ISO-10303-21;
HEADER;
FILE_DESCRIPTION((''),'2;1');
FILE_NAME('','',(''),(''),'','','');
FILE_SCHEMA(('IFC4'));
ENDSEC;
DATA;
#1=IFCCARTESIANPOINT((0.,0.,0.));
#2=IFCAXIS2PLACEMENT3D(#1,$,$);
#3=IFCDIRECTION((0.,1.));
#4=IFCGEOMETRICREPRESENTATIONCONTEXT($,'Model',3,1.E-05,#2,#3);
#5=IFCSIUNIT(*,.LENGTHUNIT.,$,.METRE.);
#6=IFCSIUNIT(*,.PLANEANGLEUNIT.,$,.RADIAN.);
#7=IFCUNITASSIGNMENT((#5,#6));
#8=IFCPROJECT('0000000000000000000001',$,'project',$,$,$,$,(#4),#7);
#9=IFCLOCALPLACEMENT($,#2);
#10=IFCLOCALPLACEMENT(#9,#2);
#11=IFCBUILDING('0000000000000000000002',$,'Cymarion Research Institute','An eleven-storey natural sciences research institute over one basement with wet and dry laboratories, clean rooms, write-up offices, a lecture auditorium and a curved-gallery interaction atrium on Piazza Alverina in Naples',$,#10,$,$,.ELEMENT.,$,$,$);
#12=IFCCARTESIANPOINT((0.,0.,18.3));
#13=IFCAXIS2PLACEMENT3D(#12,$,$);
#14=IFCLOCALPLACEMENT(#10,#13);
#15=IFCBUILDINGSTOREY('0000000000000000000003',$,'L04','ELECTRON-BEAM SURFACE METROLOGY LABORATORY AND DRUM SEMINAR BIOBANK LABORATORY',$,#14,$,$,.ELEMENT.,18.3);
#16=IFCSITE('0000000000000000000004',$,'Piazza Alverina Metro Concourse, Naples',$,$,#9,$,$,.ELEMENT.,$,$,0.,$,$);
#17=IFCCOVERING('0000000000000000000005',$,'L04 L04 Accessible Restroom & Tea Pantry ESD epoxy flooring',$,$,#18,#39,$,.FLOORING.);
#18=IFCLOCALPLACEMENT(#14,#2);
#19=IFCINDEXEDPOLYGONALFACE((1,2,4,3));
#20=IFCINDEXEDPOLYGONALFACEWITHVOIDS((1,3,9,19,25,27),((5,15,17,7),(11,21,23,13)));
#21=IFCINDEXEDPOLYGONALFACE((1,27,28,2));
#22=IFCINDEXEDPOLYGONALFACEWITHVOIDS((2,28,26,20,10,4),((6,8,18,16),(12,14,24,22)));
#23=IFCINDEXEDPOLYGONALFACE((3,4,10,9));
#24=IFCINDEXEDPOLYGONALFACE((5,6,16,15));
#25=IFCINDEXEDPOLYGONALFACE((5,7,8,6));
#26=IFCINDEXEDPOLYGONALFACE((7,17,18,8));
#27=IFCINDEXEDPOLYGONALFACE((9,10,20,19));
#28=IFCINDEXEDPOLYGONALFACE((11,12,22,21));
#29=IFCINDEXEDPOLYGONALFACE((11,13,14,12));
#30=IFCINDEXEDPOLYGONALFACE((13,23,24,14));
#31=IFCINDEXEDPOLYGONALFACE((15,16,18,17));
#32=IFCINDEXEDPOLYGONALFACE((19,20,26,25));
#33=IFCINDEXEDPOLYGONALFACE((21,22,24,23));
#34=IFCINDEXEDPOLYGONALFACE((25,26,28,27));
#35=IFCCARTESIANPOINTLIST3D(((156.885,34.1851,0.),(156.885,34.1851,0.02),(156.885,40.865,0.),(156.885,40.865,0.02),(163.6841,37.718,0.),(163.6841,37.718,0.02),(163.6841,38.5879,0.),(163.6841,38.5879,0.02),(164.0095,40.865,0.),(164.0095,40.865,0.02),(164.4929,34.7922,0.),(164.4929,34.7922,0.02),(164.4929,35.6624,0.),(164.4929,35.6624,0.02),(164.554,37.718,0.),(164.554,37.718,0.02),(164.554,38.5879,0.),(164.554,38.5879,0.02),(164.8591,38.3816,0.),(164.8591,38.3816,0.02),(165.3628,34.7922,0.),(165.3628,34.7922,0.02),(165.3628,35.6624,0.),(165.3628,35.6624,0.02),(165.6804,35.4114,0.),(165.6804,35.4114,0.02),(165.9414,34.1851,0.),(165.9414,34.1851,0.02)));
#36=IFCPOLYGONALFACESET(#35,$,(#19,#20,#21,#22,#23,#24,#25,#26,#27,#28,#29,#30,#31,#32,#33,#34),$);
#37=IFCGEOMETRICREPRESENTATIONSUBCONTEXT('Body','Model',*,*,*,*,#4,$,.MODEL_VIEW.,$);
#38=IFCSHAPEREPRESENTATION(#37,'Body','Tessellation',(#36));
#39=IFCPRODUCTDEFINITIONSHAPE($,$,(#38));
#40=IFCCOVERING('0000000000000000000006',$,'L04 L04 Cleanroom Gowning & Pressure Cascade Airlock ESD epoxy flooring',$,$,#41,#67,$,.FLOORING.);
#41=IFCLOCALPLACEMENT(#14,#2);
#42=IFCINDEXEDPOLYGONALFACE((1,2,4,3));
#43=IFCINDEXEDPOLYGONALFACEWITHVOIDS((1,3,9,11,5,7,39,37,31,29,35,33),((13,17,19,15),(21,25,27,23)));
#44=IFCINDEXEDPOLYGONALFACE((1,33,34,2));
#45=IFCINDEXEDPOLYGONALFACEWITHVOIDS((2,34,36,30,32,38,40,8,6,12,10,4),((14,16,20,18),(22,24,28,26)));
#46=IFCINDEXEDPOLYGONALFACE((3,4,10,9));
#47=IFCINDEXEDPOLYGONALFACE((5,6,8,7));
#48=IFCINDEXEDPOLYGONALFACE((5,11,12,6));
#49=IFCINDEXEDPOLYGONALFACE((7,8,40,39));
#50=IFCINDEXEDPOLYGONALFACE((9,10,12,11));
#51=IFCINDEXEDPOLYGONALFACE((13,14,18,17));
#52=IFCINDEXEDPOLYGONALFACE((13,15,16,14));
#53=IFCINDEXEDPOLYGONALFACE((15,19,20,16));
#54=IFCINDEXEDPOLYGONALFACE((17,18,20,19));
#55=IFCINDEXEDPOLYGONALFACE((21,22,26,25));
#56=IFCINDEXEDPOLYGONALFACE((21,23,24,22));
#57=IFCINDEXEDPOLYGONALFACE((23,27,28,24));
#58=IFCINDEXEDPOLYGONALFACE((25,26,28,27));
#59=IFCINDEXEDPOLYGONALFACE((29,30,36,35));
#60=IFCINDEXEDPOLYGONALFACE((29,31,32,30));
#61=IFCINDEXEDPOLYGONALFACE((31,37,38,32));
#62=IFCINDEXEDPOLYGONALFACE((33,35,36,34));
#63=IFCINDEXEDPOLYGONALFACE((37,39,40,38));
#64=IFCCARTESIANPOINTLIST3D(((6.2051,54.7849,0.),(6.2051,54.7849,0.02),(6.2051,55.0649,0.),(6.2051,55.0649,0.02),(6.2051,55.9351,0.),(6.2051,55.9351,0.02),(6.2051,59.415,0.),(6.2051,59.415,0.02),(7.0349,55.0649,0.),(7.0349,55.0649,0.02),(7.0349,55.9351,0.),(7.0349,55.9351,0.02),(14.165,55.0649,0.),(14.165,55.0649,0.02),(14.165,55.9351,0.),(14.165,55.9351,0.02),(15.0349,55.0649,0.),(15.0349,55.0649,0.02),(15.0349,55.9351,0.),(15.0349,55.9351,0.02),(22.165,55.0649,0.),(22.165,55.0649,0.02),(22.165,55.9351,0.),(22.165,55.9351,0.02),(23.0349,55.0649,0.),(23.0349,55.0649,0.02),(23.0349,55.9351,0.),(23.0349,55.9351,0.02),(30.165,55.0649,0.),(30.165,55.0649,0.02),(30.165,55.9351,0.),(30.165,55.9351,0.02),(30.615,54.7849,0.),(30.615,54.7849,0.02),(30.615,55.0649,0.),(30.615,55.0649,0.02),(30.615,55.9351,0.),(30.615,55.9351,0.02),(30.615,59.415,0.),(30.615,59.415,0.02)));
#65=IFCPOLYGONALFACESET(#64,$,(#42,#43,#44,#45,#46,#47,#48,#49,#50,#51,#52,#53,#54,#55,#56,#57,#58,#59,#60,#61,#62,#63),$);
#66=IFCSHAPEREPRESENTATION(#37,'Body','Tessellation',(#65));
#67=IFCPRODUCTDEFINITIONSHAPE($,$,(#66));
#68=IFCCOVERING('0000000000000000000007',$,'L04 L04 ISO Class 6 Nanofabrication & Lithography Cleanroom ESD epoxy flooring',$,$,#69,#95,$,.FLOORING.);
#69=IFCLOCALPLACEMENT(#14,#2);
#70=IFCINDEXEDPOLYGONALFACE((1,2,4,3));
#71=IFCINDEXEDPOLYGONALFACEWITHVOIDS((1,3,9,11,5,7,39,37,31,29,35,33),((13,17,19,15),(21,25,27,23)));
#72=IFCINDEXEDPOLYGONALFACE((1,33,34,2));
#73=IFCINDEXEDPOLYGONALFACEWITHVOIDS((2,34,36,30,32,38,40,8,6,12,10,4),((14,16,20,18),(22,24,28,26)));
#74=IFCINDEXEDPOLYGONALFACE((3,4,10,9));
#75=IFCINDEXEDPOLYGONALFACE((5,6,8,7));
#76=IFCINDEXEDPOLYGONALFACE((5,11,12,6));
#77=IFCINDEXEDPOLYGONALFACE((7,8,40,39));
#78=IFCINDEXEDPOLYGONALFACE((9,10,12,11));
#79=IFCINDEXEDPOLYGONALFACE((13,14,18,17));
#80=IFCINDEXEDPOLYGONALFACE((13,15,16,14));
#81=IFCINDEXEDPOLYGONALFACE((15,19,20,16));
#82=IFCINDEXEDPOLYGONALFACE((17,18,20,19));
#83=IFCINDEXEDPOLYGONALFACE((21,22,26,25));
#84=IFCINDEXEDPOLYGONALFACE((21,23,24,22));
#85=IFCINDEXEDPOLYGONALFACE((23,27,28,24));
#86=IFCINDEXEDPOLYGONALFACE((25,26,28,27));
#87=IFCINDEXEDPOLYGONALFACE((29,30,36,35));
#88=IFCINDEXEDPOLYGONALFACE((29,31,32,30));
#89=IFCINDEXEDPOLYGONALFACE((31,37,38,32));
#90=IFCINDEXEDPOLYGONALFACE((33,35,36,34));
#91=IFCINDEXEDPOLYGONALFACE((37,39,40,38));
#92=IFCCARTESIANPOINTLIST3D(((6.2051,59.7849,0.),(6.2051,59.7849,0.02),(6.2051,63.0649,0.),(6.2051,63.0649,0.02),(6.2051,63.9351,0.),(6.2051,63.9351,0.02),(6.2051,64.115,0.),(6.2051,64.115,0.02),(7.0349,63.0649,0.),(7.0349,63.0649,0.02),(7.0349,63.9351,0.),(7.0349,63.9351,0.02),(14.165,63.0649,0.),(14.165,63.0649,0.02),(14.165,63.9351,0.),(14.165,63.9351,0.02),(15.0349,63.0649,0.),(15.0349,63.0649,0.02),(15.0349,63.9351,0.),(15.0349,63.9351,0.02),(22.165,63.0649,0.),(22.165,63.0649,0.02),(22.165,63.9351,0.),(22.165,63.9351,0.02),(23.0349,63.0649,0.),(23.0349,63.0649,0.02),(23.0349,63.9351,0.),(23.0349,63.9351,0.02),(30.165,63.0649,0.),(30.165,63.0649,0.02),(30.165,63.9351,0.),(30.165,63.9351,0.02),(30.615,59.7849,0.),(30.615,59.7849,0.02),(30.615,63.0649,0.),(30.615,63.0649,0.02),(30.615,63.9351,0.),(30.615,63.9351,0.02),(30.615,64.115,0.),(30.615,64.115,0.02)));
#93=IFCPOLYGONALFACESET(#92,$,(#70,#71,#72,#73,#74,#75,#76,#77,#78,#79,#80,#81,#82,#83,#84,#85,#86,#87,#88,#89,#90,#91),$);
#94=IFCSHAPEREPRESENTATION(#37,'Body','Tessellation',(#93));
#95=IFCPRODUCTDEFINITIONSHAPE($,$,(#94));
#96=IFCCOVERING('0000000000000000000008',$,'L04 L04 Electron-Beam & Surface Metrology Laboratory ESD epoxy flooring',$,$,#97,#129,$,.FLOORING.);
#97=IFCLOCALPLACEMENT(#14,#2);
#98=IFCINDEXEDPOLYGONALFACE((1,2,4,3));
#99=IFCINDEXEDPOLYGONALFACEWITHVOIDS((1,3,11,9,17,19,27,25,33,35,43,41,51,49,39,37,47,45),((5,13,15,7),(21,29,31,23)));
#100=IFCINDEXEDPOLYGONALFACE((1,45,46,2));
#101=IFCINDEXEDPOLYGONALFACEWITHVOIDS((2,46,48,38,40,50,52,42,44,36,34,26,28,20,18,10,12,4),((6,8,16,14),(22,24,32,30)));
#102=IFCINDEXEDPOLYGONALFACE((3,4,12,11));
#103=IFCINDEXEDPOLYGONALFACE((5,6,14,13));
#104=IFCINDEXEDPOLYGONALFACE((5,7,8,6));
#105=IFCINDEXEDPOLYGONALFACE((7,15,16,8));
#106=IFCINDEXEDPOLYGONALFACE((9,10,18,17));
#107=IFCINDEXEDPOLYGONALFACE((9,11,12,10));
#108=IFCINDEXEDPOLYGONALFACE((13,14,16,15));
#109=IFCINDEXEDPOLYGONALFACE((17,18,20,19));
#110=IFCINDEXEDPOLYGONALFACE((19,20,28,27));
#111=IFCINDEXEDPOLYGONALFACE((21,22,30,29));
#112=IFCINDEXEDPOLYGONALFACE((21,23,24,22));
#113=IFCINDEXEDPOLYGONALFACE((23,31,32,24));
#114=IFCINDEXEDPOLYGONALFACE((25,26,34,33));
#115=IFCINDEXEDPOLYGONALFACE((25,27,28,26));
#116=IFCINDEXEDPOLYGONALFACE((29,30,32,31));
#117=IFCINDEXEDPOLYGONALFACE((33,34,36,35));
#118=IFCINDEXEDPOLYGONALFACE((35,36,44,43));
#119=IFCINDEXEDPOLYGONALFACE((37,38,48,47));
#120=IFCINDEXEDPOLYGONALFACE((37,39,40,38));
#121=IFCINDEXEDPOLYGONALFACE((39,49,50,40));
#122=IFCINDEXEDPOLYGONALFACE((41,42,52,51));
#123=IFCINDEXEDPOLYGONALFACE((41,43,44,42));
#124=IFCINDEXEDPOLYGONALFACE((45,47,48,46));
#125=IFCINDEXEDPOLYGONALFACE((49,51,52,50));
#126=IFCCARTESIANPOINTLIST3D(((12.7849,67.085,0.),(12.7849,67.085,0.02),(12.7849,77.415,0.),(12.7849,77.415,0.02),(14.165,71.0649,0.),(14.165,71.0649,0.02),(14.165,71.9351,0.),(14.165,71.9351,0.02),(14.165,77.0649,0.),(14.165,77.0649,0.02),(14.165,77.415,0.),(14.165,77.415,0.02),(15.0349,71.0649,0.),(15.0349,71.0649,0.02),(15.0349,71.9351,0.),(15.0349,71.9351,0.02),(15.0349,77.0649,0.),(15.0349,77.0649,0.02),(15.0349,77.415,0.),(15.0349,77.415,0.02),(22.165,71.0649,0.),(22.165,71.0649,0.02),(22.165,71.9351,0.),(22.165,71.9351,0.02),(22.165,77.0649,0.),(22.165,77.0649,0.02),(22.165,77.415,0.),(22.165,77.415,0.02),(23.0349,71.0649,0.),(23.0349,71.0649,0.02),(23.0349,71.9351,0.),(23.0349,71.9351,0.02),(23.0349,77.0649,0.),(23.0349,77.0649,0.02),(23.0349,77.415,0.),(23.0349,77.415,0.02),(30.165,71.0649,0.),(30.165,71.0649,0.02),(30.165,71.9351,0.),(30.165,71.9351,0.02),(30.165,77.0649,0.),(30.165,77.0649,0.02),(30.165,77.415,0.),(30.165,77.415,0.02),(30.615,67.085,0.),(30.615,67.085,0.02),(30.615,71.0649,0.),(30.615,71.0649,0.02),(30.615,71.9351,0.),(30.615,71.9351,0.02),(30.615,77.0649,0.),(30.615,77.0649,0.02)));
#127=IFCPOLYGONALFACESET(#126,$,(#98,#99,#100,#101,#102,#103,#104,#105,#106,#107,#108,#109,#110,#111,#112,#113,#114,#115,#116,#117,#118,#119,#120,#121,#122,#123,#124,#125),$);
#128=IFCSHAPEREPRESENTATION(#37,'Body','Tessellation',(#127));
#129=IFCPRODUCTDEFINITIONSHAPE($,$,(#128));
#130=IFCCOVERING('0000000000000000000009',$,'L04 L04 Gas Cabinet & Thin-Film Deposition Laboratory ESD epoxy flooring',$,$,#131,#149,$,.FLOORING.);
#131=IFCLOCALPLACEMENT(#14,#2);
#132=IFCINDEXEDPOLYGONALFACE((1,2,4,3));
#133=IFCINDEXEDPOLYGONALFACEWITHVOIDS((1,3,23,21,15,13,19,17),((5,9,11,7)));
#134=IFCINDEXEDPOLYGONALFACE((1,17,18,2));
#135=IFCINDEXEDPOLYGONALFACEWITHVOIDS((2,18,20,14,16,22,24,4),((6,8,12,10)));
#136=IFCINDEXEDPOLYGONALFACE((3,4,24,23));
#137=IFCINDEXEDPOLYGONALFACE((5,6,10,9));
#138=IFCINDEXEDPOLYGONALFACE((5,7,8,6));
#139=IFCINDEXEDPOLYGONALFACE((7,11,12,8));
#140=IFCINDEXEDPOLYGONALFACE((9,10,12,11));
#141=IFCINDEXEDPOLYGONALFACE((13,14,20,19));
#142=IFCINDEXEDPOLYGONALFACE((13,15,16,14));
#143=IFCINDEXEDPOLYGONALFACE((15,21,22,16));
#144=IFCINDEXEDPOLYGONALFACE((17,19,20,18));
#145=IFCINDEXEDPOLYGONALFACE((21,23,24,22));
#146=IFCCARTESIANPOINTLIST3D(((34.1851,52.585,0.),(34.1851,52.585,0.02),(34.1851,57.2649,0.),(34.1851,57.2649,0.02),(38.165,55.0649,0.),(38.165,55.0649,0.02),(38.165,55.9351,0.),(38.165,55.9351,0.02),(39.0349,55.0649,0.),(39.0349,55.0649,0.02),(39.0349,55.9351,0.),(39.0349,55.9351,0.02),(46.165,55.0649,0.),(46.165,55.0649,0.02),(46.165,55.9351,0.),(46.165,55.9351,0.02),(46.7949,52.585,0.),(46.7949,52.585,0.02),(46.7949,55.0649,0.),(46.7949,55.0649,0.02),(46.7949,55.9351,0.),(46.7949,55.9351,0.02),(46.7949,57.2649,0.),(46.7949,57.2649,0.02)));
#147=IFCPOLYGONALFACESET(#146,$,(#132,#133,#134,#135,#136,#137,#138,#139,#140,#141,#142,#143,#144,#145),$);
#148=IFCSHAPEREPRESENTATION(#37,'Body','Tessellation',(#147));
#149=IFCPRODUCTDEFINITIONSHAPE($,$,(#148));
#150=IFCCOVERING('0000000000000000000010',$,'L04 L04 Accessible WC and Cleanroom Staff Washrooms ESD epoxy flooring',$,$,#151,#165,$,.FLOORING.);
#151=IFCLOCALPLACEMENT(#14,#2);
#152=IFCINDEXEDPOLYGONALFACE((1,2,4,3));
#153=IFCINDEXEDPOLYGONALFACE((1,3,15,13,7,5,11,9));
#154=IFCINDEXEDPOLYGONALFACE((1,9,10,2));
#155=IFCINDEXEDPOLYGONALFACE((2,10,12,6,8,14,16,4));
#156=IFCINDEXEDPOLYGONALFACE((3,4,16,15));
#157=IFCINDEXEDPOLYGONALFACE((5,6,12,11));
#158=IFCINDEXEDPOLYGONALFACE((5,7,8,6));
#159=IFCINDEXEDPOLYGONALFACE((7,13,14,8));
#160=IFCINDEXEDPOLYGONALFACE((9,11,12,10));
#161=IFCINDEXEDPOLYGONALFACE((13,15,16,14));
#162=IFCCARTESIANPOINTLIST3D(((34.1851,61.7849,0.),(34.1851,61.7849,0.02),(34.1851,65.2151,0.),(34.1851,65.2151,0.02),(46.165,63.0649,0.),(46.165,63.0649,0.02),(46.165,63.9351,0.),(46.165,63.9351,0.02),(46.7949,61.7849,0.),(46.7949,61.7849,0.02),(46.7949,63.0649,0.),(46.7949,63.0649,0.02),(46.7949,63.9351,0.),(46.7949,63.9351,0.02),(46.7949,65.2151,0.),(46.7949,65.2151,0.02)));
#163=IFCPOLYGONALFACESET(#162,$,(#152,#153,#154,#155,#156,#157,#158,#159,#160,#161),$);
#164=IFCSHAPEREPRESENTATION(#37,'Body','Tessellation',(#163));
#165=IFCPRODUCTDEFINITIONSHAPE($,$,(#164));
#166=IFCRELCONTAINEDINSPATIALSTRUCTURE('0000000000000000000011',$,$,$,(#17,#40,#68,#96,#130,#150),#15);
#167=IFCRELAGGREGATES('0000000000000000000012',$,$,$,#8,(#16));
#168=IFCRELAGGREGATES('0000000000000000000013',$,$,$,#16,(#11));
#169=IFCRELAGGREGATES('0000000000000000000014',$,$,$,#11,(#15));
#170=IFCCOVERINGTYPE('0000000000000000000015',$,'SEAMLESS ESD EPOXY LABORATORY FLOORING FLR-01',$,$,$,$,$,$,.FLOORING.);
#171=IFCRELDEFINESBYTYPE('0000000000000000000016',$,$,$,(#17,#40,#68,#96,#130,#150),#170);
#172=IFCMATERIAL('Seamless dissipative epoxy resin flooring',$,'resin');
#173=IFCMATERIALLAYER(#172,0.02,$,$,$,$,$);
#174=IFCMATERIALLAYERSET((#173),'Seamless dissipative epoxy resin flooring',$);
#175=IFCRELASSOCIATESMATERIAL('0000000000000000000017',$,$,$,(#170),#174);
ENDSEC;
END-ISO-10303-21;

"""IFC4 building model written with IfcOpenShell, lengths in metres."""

from ifc_helpers import new_model, si_unit, direction, frame, origin, place, context, subcontext, project, spatial, polyline, outline, extrude, material, layer, layer_set, type_object, element, save


model = new_model("IFC4")

# Units and contexts
model_context = context("Model", 3, precision=1e-05, world=origin(), true_north=direction((0.0, 1.0)))
body_context = subcontext(model_context, "Body", "Model", "MODEL_VIEW")
ifc_project = project(units=[si_unit("LENGTHUNIT", "METRE"), si_unit("PLANEANGLEUNIT", "RADIAN")], contexts=[model_context])

# Site, building, storey
site_placement = place(None, origin())
site = spatial("IfcSite", under=ifc_project, at=site_placement, Name="Piazza Alverina Metro Concourse, Naples", CompositionType="ELEMENT", RefElevation=0.0)
building_placement = place(site_placement, origin())
building = spatial("IfcBuilding", under=site, at=building_placement, Name="Cymarion Research Institute", Description="An eleven-storey natural sciences research institute over one basement with wet and dry laboratories, clean rooms, write-up offices, a lecture auditorium and a curved-gallery interaction atrium on Piazza Alverina in Naples", CompositionType="ELEMENT")
storey_placement = place(building_placement, frame((0.0, 0.0, 18.3)))
storey = spatial("IfcBuildingStorey", under=building, at=storey_placement, Name="L04", Description="ELECTRON-BEAM SURFACE METROLOGY LABORATORY AND DRUM SEMINAR BIOBANK LABORATORY", CompositionType="ELEMENT", Elevation=18.3)

# Coverings
ifc_material_1 = material(Name="Seamless dissipative epoxy resin flooring", Category="resin")
ifc_layer_1 = layer(ifc_material_1, 0.02)
ifc_layer_set_1 = layer_set([ifc_layer_1], Name="Seamless dissipative epoxy resin flooring")
covering_type_1 = type_object("IfcCoveringType", Name="SEAMLESS ESD EPOXY LABORATORY FLOORING FLR-01", PredefinedType="FLOORING", material=ifc_layer_set_1)
covering_1_placement = place(storey_placement, origin())
element("IfcCovering", 1, at=covering_1_placement, inside=storey, type_object=covering_type_1, Name="L04 L04 Accessible Restroom & Tea Pantry ESD epoxy flooring", PredefinedType="FLOORING", context=body_context, shape_type="SweptSolid", body=[
    extrude(outline(polyline([(156.885, 40.865), (164.0095, 40.865), (164.8591, 38.3816), (165.6804, 35.4114), (165.9414, 34.1851), (156.885, 34.1851), (156.885, 40.865)]), holes=[polyline([(164.4929, 35.6624), (164.4929, 34.7922), (165.3628, 34.7922), (165.3628, 35.6624), (164.4929, 35.6624)]), polyline([(163.6841, 38.5879), (163.6841, 37.718), (164.554, 37.718), (164.554, 38.5879), (163.6841, 38.5879)])]), origin(), (0.0, 0.0, 1.0), 0.02),
])
covering_2_placement = place(storey_placement, origin())
element("IfcCovering", 2, at=covering_2_placement, inside=storey, type_object=covering_type_1, Name="L04 L04 Cleanroom Gowning & Pressure Cascade Airlock ESD epoxy flooring", PredefinedType="FLOORING", context=body_context, shape_type="SweptSolid", body=[
    extrude(outline(polyline([(6.2051, 55.0649), (7.0349, 55.0649), (7.0349, 55.9351), (6.2051, 55.9351), (6.2051, 59.415), (30.615, 59.415), (30.615, 55.9351), (30.165, 55.9351), (30.165, 55.0649), (30.615, 55.0649), (30.615, 54.7849), (6.2051, 54.7849), (6.2051, 55.0649)]), holes=[polyline([(22.165, 55.9351), (22.165, 55.0649), (23.0349, 55.0649), (23.0349, 55.9351), (22.165, 55.9351)]), polyline([(14.165, 55.9351), (14.165, 55.0649), (15.0349, 55.0649), (15.0349, 55.9351), (14.165, 55.9351)])]), origin(), (0.0, 0.0, 1.0), 0.02),
])
covering_3_placement = place(storey_placement, origin())
element("IfcCovering", 3, at=covering_3_placement, inside=storey, type_object=covering_type_1, Name="L04 L04 ISO Class 6 Nanofabrication & Lithography Cleanroom ESD epoxy flooring", PredefinedType="FLOORING", context=body_context, shape_type="SweptSolid", body=[
    extrude(outline(polyline([(6.2051, 63.9351), (6.2051, 64.115), (30.615, 64.115), (30.615, 63.9351), (30.165, 63.9351), (30.165, 63.0649), (30.615, 63.0649), (30.615, 59.7849), (6.2051, 59.7849), (6.2051, 63.0649), (7.0349, 63.0649), (7.0349, 63.9351), (6.2051, 63.9351)]), holes=[polyline([(22.165, 63.9351), (22.165, 63.0649), (23.0349, 63.0649), (23.0349, 63.9351), (22.165, 63.9351)]), polyline([(14.165, 63.9351), (14.165, 63.0649), (15.0349, 63.0649), (15.0349, 63.9351), (14.165, 63.9351)])]), origin(), (0.0, 0.0, 1.0), 0.02),
])
covering_4_placement = place(storey_placement, origin())
element("IfcCovering", 4, at=covering_4_placement, inside=storey, type_object=covering_type_1, Name="L04 L04 Electron-Beam & Surface Metrology Laboratory ESD epoxy flooring", PredefinedType="FLOORING", context=body_context, shape_type="SweptSolid", body=[
    extrude(outline(polyline([(12.7849, 77.415), (14.165, 77.415), (14.165, 77.0649), (15.0349, 77.0649), (15.0349, 77.415), (22.165, 77.415), (22.165, 77.0649), (23.0349, 77.0649), (23.0349, 77.415), (30.165, 77.415), (30.165, 77.0649), (30.615, 77.0649), (30.615, 71.9351), (30.165, 71.9351), (30.165, 71.0649), (30.615, 71.0649), (30.615, 67.085), (12.7849, 67.085), (12.7849, 77.415)]), holes=[polyline([(22.165, 71.9351), (22.165, 71.0649), (23.0349, 71.0649), (23.0349, 71.9351), (22.165, 71.9351)]), polyline([(14.165, 71.9351), (14.165, 71.0649), (15.0349, 71.0649), (15.0349, 71.9351), (14.165, 71.9351)])]), origin(), (0.0, 0.0, 1.0), 0.02),
])
covering_5_placement = place(storey_placement, origin())
element("IfcCovering", 5, at=covering_5_placement, inside=storey, type_object=covering_type_1, Name="L04 L04 Gas Cabinet & Thin-Film Deposition Laboratory ESD epoxy flooring", PredefinedType="FLOORING", context=body_context, shape_type="SweptSolid", body=[
    extrude(outline(polyline([(34.1851, 57.2649), (46.7949, 57.2649), (46.7949, 55.9351), (46.165, 55.9351), (46.165, 55.0649), (46.7949, 55.0649), (46.7949, 52.585), (34.1851, 52.585), (34.1851, 57.2649)]), holes=[polyline([(38.165, 55.0649), (39.0349, 55.0649), (39.0349, 55.9351), (38.165, 55.9351), (38.165, 55.0649)])]), origin(), (0.0, 0.0, 1.0), 0.02),
])
covering_6_placement = place(storey_placement, origin())
element("IfcCovering", 6, at=covering_6_placement, inside=storey, type_object=covering_type_1, Name="L04 L04 Accessible WC and Cleanroom Staff Washrooms ESD epoxy flooring", PredefinedType="FLOORING", context=body_context, shape_type="SweptSolid", body=[
    extrude(outline(polyline([(34.1851, 65.2151), (46.7949, 65.2151), (46.7949, 63.9351), (46.165, 63.9351), (46.165, 63.0649), (46.7949, 63.0649), (46.7949, 61.7849), (34.1851, 61.7849), (34.1851, 65.2151)])), origin(), (0.0, 0.0, 1.0), 0.02),
])

save(model, "model.ifc")
